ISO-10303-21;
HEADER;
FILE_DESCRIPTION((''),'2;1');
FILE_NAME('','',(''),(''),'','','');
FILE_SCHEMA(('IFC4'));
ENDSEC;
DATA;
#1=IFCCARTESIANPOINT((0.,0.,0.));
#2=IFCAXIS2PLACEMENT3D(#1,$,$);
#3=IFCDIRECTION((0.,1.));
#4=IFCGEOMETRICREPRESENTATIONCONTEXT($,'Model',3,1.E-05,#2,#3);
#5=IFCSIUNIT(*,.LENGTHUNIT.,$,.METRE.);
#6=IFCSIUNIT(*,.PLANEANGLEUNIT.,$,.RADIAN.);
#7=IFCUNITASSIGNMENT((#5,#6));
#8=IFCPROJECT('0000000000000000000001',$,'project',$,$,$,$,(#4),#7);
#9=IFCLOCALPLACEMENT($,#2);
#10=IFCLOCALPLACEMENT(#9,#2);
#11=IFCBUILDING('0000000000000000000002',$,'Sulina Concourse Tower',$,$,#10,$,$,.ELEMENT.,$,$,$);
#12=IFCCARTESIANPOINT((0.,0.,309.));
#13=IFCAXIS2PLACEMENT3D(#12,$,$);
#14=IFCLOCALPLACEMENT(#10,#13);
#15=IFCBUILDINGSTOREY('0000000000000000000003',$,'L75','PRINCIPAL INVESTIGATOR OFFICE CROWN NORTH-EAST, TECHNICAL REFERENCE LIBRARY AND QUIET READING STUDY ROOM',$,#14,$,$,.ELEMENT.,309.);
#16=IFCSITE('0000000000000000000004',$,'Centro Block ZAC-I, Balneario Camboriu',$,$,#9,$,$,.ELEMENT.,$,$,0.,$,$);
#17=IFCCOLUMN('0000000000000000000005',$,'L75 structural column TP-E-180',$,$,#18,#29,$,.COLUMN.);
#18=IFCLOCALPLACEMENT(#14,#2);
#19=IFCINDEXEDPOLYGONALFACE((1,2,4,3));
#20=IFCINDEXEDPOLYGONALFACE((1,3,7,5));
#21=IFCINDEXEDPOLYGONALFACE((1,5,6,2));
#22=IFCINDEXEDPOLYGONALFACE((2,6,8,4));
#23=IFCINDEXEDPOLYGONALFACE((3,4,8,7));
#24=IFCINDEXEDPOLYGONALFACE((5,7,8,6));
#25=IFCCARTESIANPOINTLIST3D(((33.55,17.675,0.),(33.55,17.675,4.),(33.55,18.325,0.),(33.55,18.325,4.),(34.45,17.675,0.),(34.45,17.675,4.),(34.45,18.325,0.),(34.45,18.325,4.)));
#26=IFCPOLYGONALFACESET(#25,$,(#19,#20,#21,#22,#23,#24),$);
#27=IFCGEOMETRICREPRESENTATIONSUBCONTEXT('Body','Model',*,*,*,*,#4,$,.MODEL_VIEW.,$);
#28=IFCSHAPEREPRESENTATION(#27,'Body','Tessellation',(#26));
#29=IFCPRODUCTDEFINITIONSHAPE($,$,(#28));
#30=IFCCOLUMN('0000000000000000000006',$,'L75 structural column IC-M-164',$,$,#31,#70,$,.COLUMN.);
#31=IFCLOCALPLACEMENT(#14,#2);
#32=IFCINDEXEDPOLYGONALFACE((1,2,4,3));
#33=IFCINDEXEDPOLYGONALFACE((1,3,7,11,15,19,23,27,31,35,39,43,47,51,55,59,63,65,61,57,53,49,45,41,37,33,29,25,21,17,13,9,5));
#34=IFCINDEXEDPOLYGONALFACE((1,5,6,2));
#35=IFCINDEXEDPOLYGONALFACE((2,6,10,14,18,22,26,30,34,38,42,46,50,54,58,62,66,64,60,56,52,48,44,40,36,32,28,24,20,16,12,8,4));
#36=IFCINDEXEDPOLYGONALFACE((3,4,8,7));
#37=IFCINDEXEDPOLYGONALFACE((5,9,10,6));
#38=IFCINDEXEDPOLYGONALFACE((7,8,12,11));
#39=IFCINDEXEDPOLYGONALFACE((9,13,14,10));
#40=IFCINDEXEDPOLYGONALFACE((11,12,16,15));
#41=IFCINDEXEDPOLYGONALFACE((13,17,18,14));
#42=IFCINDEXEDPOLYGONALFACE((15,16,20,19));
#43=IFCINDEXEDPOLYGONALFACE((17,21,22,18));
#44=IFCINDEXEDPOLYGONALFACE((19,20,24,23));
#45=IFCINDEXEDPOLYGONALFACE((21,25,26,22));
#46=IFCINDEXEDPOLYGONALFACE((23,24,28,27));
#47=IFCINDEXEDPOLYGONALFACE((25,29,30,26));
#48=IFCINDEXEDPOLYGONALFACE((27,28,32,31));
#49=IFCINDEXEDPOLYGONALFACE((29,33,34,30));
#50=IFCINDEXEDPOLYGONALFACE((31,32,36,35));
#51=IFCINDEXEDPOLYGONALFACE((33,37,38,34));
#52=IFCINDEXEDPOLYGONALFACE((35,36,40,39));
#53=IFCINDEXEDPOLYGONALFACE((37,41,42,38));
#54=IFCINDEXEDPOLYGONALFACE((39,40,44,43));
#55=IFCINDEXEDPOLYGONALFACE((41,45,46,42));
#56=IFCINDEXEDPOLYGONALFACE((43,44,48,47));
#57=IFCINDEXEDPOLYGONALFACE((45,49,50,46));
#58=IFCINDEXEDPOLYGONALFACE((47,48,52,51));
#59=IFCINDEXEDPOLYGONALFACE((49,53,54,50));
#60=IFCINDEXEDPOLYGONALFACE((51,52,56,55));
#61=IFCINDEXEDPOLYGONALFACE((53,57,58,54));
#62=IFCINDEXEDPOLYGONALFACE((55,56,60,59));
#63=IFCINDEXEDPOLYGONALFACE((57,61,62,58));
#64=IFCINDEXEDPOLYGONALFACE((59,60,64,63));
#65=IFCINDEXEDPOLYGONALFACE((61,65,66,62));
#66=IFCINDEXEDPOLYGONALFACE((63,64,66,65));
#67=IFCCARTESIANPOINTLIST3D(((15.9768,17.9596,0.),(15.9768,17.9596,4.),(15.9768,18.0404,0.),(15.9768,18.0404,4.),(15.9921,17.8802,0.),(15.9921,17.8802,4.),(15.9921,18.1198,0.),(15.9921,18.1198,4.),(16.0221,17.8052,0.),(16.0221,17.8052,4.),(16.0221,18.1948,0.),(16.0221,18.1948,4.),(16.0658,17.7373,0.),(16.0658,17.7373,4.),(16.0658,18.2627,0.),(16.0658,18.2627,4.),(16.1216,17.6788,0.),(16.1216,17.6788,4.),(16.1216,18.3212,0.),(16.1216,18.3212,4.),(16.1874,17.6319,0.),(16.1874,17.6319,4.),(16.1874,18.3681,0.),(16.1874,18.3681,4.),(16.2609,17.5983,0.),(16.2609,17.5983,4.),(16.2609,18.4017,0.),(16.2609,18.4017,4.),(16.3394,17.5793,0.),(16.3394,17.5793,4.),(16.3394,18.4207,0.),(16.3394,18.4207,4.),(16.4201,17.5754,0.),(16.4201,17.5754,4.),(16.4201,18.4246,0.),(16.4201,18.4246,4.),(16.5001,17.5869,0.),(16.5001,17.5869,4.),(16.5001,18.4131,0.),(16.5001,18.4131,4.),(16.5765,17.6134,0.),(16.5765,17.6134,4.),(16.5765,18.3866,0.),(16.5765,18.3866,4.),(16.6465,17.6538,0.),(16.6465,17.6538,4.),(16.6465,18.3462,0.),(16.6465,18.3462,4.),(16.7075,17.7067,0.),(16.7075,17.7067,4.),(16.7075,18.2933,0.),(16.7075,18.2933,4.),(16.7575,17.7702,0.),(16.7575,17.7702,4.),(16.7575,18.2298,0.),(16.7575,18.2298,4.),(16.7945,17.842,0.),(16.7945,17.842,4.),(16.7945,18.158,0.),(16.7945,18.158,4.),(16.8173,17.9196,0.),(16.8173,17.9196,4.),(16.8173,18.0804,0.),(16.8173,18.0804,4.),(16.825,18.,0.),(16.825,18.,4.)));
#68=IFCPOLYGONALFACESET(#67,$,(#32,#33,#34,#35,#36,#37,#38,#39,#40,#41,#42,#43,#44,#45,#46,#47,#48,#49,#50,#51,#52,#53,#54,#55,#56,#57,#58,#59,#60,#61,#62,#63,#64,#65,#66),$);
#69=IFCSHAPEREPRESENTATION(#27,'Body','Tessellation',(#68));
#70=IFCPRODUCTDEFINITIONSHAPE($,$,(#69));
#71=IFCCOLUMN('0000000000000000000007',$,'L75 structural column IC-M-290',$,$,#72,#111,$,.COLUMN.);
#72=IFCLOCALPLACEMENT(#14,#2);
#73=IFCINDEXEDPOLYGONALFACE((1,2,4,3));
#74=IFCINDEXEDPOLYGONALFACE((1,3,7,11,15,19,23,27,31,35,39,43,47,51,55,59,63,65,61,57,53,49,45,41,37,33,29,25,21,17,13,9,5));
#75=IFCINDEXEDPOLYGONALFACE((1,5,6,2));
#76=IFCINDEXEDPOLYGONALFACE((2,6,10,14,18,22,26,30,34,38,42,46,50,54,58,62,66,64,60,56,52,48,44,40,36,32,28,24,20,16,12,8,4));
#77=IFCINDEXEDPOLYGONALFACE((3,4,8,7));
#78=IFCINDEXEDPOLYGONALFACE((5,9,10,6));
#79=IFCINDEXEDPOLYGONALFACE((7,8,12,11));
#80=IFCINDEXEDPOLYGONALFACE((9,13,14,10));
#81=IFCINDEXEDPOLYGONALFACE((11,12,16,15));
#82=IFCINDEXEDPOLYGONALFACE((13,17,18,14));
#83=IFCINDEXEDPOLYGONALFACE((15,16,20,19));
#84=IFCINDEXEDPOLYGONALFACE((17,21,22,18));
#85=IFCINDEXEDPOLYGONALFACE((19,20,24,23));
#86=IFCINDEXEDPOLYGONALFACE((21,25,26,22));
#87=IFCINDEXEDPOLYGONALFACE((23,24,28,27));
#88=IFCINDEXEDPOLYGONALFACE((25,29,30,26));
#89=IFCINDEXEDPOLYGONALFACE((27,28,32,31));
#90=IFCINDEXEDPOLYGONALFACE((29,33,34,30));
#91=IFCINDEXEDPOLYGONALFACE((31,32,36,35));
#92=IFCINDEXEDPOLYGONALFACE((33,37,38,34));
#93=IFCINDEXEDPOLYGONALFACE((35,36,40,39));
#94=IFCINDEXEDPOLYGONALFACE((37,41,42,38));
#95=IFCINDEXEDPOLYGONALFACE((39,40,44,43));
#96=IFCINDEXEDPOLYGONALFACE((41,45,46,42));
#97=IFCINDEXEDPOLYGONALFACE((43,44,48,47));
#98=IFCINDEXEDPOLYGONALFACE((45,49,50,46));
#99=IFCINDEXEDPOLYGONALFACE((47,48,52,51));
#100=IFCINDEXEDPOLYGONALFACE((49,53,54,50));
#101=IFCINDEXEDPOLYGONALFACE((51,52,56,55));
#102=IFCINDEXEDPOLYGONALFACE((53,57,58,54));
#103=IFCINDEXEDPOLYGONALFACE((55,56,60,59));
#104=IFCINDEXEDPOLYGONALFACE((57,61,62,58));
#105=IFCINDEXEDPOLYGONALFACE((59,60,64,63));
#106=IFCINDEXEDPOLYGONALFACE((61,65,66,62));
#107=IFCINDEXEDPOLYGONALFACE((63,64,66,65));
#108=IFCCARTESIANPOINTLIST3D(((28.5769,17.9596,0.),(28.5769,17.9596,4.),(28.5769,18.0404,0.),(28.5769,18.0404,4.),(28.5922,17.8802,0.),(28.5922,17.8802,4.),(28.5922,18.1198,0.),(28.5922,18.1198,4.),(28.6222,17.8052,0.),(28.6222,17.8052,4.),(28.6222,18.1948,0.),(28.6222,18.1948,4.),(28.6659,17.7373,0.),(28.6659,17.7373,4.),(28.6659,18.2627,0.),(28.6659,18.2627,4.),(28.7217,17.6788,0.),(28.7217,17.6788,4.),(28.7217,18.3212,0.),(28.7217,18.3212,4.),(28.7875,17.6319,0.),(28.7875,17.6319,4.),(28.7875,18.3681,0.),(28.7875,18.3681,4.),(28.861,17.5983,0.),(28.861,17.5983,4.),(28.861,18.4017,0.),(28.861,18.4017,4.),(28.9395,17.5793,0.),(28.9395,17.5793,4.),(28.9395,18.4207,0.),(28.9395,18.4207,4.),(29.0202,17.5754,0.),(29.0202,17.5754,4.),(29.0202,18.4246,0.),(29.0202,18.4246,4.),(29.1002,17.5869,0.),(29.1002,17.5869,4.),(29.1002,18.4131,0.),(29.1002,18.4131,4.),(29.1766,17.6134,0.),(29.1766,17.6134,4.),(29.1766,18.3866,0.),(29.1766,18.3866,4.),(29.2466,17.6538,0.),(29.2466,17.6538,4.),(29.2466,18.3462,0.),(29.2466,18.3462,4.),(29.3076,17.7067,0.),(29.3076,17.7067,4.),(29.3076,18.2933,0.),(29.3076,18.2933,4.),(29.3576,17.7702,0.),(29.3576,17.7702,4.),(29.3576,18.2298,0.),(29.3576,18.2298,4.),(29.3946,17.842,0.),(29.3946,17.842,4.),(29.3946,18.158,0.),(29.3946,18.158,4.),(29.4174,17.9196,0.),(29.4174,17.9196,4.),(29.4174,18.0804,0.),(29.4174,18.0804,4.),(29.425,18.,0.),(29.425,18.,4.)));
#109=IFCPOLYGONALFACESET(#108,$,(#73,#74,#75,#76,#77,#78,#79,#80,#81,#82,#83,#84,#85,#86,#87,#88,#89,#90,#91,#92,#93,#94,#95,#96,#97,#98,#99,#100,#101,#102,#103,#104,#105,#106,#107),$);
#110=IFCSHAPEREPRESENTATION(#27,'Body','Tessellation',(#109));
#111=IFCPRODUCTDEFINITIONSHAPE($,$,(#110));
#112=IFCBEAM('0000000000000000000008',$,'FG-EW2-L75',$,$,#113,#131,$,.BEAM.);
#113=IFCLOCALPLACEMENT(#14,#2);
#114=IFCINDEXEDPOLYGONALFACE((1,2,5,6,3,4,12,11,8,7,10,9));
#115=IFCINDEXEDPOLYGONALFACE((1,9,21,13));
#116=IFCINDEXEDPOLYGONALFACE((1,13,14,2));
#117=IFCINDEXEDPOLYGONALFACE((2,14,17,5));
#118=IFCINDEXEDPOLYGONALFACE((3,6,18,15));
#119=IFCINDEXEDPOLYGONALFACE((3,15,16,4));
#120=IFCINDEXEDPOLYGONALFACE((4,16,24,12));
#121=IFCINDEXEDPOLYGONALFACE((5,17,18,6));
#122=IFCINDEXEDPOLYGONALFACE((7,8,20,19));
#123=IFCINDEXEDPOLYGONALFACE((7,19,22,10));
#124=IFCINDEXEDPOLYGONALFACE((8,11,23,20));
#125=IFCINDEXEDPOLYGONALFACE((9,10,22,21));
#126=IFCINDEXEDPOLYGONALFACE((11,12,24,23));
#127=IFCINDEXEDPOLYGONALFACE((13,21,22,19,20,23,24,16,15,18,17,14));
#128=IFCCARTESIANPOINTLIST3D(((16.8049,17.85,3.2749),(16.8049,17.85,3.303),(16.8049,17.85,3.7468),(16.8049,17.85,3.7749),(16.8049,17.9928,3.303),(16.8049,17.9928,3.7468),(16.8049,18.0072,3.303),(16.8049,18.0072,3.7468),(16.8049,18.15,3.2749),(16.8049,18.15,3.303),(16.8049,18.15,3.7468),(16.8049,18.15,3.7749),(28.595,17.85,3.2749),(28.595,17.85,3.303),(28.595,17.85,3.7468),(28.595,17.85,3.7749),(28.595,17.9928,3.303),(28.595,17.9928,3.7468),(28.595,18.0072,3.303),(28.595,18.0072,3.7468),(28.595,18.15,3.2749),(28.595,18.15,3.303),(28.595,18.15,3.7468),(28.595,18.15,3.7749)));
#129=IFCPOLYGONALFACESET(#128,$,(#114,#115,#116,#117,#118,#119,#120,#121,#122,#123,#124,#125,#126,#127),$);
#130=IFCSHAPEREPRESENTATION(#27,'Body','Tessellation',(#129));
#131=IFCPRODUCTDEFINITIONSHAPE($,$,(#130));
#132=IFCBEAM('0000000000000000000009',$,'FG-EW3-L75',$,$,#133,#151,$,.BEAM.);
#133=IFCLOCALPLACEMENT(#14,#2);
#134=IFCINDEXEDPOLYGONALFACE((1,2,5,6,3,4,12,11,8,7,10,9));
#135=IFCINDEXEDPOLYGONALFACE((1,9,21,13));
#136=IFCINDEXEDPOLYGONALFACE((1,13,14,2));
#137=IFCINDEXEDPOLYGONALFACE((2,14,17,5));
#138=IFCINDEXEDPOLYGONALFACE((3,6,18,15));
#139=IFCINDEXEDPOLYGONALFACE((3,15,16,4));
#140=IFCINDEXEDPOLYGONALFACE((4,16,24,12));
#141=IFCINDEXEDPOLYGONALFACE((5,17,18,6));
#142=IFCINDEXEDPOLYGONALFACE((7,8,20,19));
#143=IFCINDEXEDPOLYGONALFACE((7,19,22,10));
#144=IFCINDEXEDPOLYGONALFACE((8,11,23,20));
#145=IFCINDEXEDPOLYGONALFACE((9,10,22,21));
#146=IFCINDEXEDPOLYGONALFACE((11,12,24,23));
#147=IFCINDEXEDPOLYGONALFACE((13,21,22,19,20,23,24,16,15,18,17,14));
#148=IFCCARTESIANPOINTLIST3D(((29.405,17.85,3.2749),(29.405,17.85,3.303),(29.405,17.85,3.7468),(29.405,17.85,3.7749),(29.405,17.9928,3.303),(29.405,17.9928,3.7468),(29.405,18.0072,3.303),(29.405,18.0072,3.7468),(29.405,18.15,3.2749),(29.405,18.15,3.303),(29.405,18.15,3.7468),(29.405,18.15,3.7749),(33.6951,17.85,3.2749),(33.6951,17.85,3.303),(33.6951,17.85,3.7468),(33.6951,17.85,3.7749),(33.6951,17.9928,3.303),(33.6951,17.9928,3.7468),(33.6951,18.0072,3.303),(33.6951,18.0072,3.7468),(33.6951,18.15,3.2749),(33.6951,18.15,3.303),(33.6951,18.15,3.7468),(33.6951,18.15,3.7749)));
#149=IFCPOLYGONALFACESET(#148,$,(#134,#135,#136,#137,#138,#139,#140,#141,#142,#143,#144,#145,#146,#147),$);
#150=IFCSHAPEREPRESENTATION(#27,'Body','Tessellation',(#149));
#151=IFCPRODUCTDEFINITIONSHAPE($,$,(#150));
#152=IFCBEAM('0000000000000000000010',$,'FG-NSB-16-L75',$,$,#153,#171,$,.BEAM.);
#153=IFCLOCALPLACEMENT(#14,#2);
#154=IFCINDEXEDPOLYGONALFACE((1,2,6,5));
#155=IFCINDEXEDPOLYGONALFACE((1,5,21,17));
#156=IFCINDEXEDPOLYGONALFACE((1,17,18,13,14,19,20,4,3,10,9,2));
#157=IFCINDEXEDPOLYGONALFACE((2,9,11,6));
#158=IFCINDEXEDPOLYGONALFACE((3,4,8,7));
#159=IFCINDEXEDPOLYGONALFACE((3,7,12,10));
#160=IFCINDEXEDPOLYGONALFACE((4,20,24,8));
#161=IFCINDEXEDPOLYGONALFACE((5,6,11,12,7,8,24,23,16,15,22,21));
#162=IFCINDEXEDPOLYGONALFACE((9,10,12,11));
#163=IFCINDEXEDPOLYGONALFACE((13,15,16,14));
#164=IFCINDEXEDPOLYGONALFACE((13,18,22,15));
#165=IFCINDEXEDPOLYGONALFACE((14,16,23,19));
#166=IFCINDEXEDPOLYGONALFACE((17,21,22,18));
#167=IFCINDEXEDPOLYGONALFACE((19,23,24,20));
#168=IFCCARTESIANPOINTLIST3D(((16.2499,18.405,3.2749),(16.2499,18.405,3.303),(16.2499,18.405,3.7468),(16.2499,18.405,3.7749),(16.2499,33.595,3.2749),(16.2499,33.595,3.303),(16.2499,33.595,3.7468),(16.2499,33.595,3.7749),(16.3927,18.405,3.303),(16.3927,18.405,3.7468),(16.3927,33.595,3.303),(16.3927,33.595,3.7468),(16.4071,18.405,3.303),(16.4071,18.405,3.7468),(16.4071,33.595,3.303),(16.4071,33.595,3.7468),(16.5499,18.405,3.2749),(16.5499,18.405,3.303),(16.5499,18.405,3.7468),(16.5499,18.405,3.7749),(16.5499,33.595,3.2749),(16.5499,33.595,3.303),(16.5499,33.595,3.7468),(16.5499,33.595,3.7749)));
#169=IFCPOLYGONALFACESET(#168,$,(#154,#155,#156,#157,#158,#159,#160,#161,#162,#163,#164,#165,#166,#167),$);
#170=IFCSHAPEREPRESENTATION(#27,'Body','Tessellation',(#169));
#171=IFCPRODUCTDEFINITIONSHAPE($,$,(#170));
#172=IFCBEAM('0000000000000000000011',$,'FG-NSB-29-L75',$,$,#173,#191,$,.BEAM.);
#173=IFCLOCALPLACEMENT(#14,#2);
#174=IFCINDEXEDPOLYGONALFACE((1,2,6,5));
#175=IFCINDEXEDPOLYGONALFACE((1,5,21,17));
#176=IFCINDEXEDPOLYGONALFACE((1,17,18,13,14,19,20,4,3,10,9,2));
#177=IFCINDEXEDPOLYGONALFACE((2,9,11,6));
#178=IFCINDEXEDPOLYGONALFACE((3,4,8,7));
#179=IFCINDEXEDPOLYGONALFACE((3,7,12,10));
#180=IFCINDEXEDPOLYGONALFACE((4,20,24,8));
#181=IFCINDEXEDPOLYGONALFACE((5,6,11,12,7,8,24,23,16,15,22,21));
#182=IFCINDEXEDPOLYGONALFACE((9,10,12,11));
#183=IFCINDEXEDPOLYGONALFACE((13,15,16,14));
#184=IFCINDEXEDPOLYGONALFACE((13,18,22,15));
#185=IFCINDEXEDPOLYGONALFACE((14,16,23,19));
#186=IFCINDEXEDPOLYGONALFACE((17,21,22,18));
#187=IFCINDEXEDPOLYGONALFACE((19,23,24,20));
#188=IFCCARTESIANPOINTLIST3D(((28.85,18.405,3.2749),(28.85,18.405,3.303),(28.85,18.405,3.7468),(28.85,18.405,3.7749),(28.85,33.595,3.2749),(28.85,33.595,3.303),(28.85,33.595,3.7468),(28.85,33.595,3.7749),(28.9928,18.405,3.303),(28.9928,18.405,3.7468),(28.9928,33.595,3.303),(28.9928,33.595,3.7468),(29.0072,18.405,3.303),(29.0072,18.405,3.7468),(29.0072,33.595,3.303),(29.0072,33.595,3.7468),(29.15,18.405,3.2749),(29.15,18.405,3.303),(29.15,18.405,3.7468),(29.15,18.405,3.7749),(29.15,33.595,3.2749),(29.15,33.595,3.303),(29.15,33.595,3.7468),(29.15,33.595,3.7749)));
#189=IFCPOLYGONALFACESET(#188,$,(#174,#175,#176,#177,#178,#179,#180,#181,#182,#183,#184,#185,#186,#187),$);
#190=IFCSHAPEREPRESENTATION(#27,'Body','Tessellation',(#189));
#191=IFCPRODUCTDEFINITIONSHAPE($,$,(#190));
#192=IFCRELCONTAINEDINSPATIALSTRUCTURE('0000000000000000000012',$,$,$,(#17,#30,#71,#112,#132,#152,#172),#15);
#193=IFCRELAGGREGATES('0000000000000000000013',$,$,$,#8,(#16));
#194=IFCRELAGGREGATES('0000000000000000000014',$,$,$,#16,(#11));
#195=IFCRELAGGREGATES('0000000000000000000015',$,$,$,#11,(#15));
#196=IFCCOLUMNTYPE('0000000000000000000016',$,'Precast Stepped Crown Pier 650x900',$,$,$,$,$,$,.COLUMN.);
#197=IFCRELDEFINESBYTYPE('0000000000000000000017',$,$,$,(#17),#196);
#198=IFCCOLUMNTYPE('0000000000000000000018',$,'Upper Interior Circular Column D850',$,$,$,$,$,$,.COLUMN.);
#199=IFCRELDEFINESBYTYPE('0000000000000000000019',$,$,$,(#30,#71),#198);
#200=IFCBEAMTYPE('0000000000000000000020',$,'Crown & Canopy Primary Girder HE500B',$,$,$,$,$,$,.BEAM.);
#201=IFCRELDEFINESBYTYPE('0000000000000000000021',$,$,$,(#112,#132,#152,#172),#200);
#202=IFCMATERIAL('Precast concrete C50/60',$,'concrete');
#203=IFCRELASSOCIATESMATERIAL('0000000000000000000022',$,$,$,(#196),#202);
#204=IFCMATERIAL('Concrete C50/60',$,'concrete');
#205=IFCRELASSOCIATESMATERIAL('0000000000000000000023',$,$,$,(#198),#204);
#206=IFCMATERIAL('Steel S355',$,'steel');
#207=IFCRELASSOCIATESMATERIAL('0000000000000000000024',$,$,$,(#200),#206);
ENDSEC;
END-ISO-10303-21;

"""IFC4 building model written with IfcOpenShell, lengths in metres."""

from ifc_helpers import new_model, si_unit, direction, frame, origin, origin_2d, place, context, subcontext, project, spatial, rectangle, circle, i_section, extrude, material, material_profile, profile_set, type_object, element, save


model = new_model("IFC4")

# Units and contexts
model_context = context("Model", 3, precision=1e-05, world=origin(), true_north=direction((0.0, 1.0)))
body_context = subcontext(model_context, "Body", "Model", "MODEL_VIEW")
ifc_project = project(units=[si_unit("LENGTHUNIT", "METRE"), si_unit("PLANEANGLEUNIT", "RADIAN")], contexts=[model_context])

# Site, building, storey
site_placement = place(None, origin())
site = spatial("IfcSite", under=ifc_project, at=site_placement, Name="Centro Block ZAC-I, Balneario Camboriu", CompositionType="ELEMENT", RefElevation=0.0)
building_placement = place(site_placement, origin())
building = spatial("IfcBuilding", under=site, at=building_placement, Name="Sulina Concourse Tower", CompositionType="ELEMENT")
storey_placement = place(building_placement, frame((0.0, 0.0, 309.0)))
storey = spatial("IfcBuildingStorey", under=building, at=storey_placement, Name="L75", Description="PRINCIPAL INVESTIGATOR OFFICE CROWN NORTH-EAST, TECHNICAL REFERENCE LIBRARY AND QUIET READING STUDY ROOM", CompositionType="ELEMENT", Elevation=309.0)

# Columns
ifc_material_1 = material(Name="Precast concrete C50/60", Category="concrete")
ifc_material_profile_1 = material_profile(ifc_material_1, rectangle(XDim=0.6499, YDim=0.8999, at=origin_2d()), Name="PC 650x900")
ifc_profile_set_1 = profile_set([ifc_material_profile_1], Name="Precast concrete C50/60")
column_type_1 = type_object("IfcColumnType", Name="Precast Stepped Crown Pier 650x900", PredefinedType="COLUMN", material=ifc_profile_set_1)
column_placement = place(storey_placement, frame((34.0, 18.0, 0.0), z_axis=(0.0, 0.0, 1.0), x_axis=(0.0, 1.0, 0.0)))
element("IfcColumn", 1, at=column_placement, inside=storey, type_object=column_type_1, Name="L75 structural column TP-E-180", PredefinedType="COLUMN", context=body_context, shape_type="SweptSolid", body=[
    extrude(rectangle(XDim=0.6499, YDim=0.8999, at=origin_2d()), origin(), (0.0, 0.0, 1.0), 4.0),
])
ifc_material_2 = material(Name="Concrete C50/60", Category="concrete")
ifc_material_profile_2 = material_profile(ifc_material_2, circle(Radius=0.425, at=origin_2d()), Name="RC D850")
ifc_profile_set_2 = profile_set([ifc_material_profile_2], Name="Concrete C50/60")
column_type_2 = type_object("IfcColumnType", Name="Upper Interior Circular Column D850", PredefinedType="COLUMN", material=ifc_profile_set_2)
for number, where, z_axis, x_axis, name in (
    (2, (16.3999, 18.0, 0.0), (0.0, 0.0, 1.0), (1.0, 0.0, 0.0), "L75 structural column IC-M-164"),
    (3, (29.0, 18.0, 0.0), (0.0, 0.0, 1.0), (1.0, 0.0, 0.0), "L75 structural column IC-M-290"),
):
    element("IfcColumn", number, at=place(storey_placement, frame(where, z_axis=z_axis, x_axis=x_axis)), inside=storey, type_object=column_type_2, Name=name, PredefinedType="COLUMN", context=body_context, shape_type="SweptSolid", body=[
        extrude(circle(Radius=0.425, at=origin_2d()), origin(), (0.0, 0.0, 1.0), 4.0),
    ])

# Beams
ifc_material_3 = material(Name="Steel S355", Category="steel")
ifc_material_profile_3 = material_profile(ifc_material_3, i_section(OverallWidth=0.3, OverallDepth=0.5, WebThickness=0.0144, FlangeThickness=0.0281, at=origin_2d()), Name="HE 500 B")
ifc_profile_set_3 = profile_set([ifc_material_profile_3], Name="Steel S355")
beam_type_1 = type_object("IfcBeamType", Name="Crown & Canopy Primary Girder HE500B", PredefinedType="BEAM", material=ifc_profile_set_3)
beam_1_placement = place(storey_placement, frame((16.8049, 18.0, 3.5249), z_axis=(1.0, 0.0, 0.0), x_axis=(0.0, 1.0, 0.0)))
element("IfcBeam", 4, at=beam_1_placement, inside=storey, type_object=beam_type_1, Name="FG-EW2-L75", PredefinedType="BEAM", context=body_context, shape_type="SweptSolid", body=[
    extrude(i_section(OverallWidth=0.3, OverallDepth=0.5, WebThickness=0.0144, FlangeThickness=0.0281, at=origin_2d()), origin(), (0.0, 0.0, 1.0), 11.79),
])
beam_2_placement = place(storey_placement, frame((29.405, 18.0, 3.5249), z_axis=(1.0, 0.0, 0.0), x_axis=(0.0, 1.0, 0.0)))
element("IfcBeam", 5, at=beam_2_placement, inside=storey, type_object=beam_type_1, Name="FG-EW3-L75", PredefinedType="BEAM", context=body_context, shape_type="SweptSolid", body=[
    extrude(i_section(OverallWidth=0.3, OverallDepth=0.5, WebThickness=0.0144, FlangeThickness=0.0281, at=origin_2d()), origin(), (0.0, 0.0, 1.0), 4.29),
])
for number, where, z_axis, x_axis, name in (
    (6, (16.3999, 18.405, 3.5249), (0.0, 1.0, 0.0), (-1.0, 0.0, 0.0), "FG-NSB-16-L75"),
    (7, (29.0, 18.405, 3.5249), (0.0, 1.0, 0.0), (-1.0, 0.0, 0.0), "FG-NSB-29-L75"),
):
    element("IfcBeam", number, at=place(storey_placement, frame(where, z_axis=z_axis, x_axis=x_axis)), inside=storey, type_object=beam_type_1, Name=name, PredefinedType="BEAM", context=body_context, shape_type="SweptSolid", body=[
        extrude(i_section(OverallWidth=0.3, OverallDepth=0.5, WebThickness=0.0144, FlangeThickness=0.0281, at=origin_2d()), origin(), (0.0, 0.0, 1.0), 15.1899),
    ])

save(model, "model.ifc")
